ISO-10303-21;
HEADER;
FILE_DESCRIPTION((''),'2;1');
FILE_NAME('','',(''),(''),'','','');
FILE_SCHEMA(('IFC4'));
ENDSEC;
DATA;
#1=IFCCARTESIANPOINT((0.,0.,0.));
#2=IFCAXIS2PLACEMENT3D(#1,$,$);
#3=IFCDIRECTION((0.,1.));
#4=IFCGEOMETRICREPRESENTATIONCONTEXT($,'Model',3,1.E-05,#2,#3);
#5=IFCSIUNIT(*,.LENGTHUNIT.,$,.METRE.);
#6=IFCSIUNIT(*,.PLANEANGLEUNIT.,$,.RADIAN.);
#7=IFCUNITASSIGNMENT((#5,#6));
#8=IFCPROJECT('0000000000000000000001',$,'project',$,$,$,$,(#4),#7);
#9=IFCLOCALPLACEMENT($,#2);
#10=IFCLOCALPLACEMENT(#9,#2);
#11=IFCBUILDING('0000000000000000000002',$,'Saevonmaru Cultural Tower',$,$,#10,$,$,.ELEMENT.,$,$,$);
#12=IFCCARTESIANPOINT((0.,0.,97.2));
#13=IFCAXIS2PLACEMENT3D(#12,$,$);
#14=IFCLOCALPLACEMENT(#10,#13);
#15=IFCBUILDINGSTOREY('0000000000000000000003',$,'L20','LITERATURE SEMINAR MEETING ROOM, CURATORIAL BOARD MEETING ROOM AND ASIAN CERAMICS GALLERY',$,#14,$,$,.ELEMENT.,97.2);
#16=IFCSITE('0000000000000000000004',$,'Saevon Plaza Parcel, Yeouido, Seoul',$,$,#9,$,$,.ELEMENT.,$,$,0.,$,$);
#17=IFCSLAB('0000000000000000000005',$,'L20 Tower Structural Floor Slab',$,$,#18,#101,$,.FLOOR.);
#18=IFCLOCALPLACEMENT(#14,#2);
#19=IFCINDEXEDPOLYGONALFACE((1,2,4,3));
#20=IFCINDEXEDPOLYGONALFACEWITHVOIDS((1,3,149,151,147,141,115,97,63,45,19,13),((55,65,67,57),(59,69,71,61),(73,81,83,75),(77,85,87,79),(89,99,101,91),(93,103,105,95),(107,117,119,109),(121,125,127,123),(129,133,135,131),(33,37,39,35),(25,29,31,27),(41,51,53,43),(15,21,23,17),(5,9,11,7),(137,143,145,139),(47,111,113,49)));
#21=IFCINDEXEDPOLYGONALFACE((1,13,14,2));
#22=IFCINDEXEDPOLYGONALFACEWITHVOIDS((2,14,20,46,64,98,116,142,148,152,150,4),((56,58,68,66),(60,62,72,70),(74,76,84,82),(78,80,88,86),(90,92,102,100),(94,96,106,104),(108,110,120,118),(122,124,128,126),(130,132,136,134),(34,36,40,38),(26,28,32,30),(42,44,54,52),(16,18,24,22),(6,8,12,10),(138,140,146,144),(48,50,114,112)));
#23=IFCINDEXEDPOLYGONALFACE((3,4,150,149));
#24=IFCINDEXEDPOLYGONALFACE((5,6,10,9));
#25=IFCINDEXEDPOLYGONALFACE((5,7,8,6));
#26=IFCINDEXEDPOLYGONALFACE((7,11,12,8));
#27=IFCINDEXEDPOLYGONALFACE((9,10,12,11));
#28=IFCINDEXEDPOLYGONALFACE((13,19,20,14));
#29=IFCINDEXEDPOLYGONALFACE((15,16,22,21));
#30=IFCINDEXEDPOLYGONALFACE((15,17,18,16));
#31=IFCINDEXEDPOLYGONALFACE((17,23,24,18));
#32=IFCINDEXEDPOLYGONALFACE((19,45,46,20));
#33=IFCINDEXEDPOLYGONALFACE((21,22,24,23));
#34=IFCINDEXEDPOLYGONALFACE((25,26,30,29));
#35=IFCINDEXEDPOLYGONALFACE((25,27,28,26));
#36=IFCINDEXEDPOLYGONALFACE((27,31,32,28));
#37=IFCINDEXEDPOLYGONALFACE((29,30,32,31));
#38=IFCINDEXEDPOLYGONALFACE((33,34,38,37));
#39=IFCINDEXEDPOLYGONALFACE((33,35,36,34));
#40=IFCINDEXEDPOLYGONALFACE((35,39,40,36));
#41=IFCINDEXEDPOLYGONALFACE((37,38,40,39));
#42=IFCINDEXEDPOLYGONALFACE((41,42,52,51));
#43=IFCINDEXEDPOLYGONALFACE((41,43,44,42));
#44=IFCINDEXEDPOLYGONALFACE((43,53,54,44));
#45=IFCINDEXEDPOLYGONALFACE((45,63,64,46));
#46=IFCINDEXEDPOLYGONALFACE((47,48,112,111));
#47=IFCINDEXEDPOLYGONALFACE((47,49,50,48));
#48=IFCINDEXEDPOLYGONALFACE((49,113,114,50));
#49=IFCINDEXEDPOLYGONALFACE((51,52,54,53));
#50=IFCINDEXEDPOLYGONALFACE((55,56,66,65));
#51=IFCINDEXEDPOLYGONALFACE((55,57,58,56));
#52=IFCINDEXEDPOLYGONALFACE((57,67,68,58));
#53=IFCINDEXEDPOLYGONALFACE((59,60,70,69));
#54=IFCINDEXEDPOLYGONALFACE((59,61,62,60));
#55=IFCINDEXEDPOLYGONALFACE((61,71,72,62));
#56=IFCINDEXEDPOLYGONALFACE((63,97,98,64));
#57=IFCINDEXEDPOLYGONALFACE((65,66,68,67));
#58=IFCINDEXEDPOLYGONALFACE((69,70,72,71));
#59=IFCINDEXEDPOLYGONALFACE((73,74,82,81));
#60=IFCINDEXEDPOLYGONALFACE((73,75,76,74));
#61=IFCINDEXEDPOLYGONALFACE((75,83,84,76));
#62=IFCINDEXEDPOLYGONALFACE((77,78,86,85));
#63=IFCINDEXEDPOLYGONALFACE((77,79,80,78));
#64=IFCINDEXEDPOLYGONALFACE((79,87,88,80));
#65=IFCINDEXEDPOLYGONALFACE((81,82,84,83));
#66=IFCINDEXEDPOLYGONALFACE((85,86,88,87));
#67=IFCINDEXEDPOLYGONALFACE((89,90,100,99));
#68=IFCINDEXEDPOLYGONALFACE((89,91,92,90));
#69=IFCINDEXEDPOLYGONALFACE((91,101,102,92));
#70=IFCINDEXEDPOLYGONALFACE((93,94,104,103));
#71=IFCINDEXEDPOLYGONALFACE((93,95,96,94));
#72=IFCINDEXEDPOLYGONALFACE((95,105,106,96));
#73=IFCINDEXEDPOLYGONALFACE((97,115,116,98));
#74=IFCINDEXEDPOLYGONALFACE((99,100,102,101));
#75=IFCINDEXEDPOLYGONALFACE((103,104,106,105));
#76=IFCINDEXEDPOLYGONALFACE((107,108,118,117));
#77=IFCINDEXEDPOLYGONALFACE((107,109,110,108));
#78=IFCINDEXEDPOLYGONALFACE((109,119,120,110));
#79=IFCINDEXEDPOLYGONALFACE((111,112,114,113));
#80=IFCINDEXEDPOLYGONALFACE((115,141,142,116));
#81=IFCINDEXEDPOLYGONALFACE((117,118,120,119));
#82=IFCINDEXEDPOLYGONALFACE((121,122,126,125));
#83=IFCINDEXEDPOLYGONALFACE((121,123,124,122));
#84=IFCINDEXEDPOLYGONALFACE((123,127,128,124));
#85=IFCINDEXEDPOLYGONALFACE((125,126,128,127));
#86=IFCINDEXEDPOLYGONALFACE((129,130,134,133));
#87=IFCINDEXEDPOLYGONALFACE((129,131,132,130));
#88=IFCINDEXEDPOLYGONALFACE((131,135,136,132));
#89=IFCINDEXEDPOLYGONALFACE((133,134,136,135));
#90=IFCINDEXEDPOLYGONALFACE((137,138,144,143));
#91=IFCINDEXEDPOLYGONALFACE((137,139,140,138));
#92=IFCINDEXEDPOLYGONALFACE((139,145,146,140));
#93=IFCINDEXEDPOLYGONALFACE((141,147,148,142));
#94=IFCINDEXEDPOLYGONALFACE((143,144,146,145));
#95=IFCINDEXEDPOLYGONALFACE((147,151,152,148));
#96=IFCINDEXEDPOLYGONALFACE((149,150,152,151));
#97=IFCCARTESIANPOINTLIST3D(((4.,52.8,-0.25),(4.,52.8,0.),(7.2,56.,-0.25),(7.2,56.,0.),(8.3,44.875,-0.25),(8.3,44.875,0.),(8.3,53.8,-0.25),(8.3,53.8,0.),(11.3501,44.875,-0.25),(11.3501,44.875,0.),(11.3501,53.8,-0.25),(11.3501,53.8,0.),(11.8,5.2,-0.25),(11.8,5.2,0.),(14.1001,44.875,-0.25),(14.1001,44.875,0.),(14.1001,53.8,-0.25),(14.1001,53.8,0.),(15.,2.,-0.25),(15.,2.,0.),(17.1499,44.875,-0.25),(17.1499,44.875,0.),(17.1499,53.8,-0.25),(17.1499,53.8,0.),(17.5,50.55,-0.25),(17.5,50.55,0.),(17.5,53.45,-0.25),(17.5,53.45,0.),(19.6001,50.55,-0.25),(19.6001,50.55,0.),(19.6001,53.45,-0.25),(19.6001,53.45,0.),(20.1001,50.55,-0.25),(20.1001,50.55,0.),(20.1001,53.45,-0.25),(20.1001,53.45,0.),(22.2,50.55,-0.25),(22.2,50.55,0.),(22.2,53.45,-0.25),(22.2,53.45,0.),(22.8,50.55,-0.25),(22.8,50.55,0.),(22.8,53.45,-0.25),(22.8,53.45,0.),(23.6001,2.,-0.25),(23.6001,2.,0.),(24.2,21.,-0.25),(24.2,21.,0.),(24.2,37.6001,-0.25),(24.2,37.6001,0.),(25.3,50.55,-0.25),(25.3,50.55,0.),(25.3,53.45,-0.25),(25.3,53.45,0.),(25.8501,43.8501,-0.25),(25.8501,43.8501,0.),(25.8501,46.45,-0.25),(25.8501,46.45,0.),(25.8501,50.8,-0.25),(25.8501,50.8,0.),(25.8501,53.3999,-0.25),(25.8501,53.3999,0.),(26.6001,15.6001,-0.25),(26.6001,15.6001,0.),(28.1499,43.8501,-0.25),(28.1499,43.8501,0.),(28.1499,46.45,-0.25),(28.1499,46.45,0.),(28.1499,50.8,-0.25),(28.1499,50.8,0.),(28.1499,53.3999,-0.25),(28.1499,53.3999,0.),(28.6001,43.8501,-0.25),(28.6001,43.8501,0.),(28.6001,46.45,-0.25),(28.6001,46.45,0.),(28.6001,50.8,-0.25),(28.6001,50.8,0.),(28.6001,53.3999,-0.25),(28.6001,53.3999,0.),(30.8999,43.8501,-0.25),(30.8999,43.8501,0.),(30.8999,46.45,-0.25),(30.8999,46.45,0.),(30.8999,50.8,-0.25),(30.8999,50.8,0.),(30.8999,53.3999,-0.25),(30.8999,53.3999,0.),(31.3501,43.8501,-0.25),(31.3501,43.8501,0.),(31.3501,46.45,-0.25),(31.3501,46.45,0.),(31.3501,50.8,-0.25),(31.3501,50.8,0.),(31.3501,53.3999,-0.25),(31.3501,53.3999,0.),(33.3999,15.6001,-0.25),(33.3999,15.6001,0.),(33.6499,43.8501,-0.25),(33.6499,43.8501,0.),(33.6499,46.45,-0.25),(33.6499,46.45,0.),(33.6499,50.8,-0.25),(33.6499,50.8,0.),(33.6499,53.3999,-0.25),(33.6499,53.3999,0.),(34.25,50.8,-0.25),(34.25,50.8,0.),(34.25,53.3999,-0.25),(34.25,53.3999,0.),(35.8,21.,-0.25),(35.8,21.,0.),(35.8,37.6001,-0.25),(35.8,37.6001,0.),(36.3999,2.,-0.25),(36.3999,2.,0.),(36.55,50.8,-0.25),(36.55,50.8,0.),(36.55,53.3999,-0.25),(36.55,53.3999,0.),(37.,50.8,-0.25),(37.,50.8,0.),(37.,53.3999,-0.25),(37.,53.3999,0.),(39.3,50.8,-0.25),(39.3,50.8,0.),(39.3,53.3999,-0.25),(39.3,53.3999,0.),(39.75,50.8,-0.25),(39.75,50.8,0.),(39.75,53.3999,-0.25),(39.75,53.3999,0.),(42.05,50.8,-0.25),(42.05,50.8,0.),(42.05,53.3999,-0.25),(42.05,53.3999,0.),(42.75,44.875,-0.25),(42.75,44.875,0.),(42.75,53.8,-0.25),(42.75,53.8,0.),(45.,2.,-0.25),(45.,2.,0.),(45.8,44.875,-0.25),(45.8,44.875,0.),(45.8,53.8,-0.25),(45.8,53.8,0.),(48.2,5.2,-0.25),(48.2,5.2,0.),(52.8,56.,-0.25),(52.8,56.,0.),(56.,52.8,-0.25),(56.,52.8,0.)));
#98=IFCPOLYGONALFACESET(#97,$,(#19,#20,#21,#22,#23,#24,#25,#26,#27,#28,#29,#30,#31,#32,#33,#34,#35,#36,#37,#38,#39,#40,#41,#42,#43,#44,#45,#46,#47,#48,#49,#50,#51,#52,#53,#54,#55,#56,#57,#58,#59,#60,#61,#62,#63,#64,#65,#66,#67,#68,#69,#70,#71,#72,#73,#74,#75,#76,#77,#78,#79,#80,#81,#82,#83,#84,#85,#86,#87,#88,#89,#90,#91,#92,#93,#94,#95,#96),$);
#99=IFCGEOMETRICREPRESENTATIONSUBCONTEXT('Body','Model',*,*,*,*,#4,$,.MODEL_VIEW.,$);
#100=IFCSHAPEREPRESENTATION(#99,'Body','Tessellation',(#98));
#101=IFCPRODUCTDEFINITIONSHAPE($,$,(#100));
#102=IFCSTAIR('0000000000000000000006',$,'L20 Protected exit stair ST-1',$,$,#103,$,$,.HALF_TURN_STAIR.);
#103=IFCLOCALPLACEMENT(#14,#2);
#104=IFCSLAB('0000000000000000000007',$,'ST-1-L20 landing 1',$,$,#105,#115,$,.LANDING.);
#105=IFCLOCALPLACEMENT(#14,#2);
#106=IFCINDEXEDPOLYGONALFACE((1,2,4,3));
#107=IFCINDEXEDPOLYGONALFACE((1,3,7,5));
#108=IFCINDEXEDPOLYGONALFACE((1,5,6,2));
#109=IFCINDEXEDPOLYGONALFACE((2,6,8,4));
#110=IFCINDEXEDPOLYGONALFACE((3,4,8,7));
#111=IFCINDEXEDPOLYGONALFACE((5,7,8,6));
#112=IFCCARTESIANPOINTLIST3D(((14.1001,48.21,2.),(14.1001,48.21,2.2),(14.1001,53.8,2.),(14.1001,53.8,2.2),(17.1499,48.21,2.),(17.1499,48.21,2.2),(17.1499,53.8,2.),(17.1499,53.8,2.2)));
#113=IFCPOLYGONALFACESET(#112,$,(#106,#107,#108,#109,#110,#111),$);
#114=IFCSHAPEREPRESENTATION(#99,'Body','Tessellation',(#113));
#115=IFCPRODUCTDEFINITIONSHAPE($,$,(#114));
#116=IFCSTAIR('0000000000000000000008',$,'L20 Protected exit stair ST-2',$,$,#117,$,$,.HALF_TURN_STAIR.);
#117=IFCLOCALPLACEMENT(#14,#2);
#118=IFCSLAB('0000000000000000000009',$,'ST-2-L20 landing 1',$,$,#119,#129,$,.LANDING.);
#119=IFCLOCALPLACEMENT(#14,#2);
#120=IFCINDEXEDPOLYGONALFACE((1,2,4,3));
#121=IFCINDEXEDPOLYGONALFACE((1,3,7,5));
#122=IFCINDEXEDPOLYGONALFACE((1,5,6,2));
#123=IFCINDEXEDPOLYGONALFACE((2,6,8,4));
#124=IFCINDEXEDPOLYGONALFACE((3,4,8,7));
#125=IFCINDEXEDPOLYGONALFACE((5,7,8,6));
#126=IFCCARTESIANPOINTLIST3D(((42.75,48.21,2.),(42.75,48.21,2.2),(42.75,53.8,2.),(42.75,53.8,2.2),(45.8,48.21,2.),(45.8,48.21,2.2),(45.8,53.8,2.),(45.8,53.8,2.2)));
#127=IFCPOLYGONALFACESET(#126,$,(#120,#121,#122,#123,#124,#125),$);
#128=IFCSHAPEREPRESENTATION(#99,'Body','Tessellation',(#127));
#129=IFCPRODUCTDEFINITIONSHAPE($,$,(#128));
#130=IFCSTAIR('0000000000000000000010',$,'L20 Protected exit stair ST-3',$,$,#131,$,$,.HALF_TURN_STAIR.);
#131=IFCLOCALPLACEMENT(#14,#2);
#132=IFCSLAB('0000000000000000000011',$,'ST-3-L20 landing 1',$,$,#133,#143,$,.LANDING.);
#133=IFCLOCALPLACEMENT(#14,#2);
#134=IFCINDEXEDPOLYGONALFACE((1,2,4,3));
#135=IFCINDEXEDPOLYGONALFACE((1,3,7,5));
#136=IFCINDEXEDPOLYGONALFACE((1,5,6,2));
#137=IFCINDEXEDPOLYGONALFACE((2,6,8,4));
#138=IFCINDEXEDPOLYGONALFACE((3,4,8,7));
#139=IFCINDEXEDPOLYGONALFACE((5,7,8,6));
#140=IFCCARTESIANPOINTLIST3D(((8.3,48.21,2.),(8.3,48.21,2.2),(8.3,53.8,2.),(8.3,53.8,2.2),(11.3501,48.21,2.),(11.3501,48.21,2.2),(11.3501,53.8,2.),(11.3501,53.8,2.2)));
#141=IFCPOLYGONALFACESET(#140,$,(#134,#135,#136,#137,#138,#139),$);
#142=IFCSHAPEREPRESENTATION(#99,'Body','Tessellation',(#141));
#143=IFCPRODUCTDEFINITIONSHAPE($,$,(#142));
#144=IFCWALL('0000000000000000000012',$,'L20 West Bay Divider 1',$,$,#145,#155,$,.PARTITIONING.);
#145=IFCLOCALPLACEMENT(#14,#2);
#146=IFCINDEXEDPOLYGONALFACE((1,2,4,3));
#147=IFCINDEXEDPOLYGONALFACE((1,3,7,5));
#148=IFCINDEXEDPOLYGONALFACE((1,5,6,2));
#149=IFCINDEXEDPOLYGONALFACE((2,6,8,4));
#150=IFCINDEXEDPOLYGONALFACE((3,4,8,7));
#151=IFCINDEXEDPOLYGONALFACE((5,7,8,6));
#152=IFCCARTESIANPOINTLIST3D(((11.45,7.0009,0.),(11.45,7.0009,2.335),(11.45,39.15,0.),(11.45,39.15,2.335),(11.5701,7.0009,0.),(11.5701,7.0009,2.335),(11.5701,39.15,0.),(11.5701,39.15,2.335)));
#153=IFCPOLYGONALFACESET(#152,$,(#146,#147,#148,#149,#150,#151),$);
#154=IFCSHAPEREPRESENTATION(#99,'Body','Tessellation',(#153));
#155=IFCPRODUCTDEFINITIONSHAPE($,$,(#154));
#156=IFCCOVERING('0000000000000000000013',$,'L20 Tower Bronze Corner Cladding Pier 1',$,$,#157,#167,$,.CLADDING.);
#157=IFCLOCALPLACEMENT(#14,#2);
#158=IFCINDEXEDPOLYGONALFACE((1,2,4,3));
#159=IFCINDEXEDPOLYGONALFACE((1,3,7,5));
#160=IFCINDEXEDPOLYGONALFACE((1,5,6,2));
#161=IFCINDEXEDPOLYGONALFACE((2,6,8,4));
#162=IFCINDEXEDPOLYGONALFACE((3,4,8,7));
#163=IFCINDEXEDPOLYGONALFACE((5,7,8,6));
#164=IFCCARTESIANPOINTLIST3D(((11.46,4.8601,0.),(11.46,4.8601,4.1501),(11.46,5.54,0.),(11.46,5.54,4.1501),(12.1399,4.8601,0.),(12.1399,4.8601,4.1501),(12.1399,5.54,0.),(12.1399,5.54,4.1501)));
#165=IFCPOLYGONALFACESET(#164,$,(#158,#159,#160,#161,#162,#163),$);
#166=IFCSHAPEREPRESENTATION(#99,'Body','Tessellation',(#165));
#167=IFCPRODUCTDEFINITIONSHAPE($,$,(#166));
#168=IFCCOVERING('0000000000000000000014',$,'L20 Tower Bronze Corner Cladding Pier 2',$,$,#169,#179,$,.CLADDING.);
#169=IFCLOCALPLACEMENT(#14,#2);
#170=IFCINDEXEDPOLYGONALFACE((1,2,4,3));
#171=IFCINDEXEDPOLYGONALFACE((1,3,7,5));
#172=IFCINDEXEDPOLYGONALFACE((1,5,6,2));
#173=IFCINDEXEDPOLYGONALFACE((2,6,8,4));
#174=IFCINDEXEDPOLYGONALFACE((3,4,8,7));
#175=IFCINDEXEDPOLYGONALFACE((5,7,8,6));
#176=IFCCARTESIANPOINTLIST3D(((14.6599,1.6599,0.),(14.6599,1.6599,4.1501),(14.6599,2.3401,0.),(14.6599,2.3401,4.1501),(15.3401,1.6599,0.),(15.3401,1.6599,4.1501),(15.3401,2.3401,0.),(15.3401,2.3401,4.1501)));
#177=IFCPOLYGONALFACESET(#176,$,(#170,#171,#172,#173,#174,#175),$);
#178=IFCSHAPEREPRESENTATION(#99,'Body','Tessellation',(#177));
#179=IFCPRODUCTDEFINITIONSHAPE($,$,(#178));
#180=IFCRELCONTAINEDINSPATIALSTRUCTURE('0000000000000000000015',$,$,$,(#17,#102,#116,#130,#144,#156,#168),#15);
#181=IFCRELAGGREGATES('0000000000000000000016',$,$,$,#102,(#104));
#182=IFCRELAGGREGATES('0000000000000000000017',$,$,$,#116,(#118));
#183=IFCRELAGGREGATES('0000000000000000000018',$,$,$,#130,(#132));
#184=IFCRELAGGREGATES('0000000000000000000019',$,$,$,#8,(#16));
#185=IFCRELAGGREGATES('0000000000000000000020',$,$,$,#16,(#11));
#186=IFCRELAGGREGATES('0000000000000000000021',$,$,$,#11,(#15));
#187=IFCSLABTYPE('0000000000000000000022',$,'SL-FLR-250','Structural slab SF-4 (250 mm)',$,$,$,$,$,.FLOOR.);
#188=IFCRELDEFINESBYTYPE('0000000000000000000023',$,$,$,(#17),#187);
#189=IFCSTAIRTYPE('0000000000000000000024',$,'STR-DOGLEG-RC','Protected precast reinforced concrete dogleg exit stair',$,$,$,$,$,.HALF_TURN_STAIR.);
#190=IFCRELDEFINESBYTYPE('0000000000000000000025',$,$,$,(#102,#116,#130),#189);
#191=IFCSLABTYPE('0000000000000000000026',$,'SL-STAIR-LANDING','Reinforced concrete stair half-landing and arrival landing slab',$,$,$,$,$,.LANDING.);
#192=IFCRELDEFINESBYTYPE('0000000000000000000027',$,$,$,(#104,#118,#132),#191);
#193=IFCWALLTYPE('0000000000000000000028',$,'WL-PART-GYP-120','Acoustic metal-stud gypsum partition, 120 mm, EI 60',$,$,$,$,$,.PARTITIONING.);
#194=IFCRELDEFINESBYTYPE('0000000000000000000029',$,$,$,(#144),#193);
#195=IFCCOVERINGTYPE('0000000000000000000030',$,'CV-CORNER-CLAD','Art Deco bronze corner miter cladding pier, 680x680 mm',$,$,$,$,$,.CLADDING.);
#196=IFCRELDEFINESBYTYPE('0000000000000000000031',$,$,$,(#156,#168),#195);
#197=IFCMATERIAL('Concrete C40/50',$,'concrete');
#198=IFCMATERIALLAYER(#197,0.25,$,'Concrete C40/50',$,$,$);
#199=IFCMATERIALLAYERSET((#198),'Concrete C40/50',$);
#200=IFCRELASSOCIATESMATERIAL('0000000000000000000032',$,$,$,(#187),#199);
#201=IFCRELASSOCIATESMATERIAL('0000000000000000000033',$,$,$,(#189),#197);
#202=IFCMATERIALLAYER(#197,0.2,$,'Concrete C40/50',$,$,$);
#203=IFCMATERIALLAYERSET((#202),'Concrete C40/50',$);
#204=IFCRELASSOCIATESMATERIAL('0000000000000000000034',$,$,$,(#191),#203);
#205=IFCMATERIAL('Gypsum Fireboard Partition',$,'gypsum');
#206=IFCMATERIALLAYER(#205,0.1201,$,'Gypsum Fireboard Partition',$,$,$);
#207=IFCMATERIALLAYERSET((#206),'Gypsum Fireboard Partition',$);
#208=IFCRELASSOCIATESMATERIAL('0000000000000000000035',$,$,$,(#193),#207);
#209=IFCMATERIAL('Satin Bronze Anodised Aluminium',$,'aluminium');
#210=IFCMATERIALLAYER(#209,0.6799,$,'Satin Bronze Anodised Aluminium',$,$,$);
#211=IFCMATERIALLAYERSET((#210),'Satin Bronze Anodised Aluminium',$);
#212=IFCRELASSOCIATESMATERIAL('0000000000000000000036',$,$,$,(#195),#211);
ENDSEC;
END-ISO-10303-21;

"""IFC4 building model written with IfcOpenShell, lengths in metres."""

from ifc_helpers import new_model, si_unit, direction, frame, frame_2d, origin, place, context, subcontext, project, spatial, polyline, rectangle, outline, extrude, material, layer, layer_set, type_object, element, aggregate, save


model = new_model("IFC4")

# Units and contexts
model_context = context("Model", 3, precision=1e-05, world=origin(), true_north=direction((0.0, 1.0)))
body_context = subcontext(model_context, "Body", "Model", "MODEL_VIEW")
ifc_project = project(units=[si_unit("LENGTHUNIT", "METRE"), si_unit("PLANEANGLEUNIT", "RADIAN")], contexts=[model_context])

# Site, building, storey
site_placement = place(None, origin())
site = spatial("IfcSite", under=ifc_project, at=site_placement, Name="Saevon Plaza Parcel, Yeouido, Seoul", CompositionType="ELEMENT", RefElevation=0.0)
building_placement = place(site_placement, origin())
building = spatial("IfcBuilding", under=site, at=building_placement, Name="Saevonmaru Cultural Tower", CompositionType="ELEMENT")
storey_placement = place(building_placement, frame((0.0, 0.0, 97.2)))
storey = spatial("IfcBuildingStorey", under=building, at=storey_placement, Name="L20", Description="LITERATURE SEMINAR MEETING ROOM, CURATORIAL BOARD MEETING ROOM AND ASIAN CERAMICS GALLERY", CompositionType="ELEMENT", Elevation=97.2)

# Shared definitions
ifc_material_1 = material(Name="Satin Bronze Anodised Aluminium", Category="aluminium")

# Slab
ifc_material_2 = material(Name="Concrete C40/50", Category="concrete")
ifc_layer_1 = layer(ifc_material_2, 0.25, Name="Concrete C40/50")
ifc_layer_set_1 = layer_set([ifc_layer_1], Name="Concrete C40/50")
slab_type_1 = type_object("IfcSlabType", Name="SL-FLR-250", Description="Structural slab SF-4 (250 mm)", PredefinedType="FLOOR", material=ifc_layer_set_1)
slab_1_placement = place(storey_placement, frame((0.0, 0.0, -0.25)))
element("IfcSlab", 1, at=slab_1_placement, inside=storey, type_object=slab_type_1, Name="L20 Tower Structural Floor Slab", PredefinedType="FLOOR", context=body_context, shape_type="SweptSolid", body=[
    extrude(outline(polyline([(11.8, 5.2), (15.0, 2.0), (23.6001, 2.0), (26.6001, 15.6001), (33.3999, 15.6001), (36.3999, 2.0), (45.0, 2.0), (48.2, 5.2), (56.0, 52.8), (52.8, 56.0), (7.2, 56.0), (4.0, 52.8), (11.8, 5.2)]), holes=[polyline([(45.8, 44.875), (42.75, 44.875), (42.75, 53.8), (45.8, 53.8), (45.8, 44.875)]), polyline([(39.75, 50.8), (39.75, 53.3999), (42.05, 53.3999), (42.05, 50.8), (39.75, 50.8)]), polyline([(37.0, 50.8), (37.0, 53.3999), (39.3, 53.3999), (39.3, 50.8), (37.0, 50.8)]), polyline([(34.25, 50.8), (34.25, 53.3999), (36.55, 53.3999), (36.55, 50.8), (34.25, 50.8)]), polyline([(24.2, 21.0), (24.2, 37.6001), (35.8, 37.6001), (35.8, 21.0), (24.2, 21.0)]), polyline([(31.3501, 50.8), (31.3501, 53.3999), (33.6499, 53.3999), (33.6499, 50.8), (31.3501, 50.8)]), polyline([(31.3501, 43.8501), (31.3501, 46.45), (33.6499, 46.45), (33.6499, 43.8501), (31.3501, 43.8501)]), polyline([(28.6001, 43.8501), (28.6001, 46.45), (30.8999, 46.45), (30.8999, 43.8501), (28.6001, 43.8501)]), polyline([(28.6001, 50.8), (28.6001, 53.3999), (30.8999, 53.3999), (30.8999, 50.8), (28.6001, 50.8)]), polyline([(25.8501, 50.8), (25.8501, 53.3999), (28.1499, 53.3999), (28.1499, 50.8), (25.8501, 50.8)]), polyline([(25.8501, 43.8501), (25.8501, 46.45), (28.1499, 46.45), (28.1499, 43.8501), (25.8501, 43.8501)]), polyline([(22.8, 50.55), (22.8, 53.45), (25.3, 53.45), (25.3, 50.55), (22.8, 50.55)]), polyline([(20.1001, 50.55), (20.1001, 53.45), (22.2, 53.45), (22.2, 50.55), (20.1001, 50.55)]), polyline([(17.5, 50.55), (17.5, 53.45), (19.6001, 53.45), (19.6001, 50.55), (17.5, 50.55)]), polyline([(17.1499, 44.875), (14.1001, 44.875), (14.1001, 53.8), (17.1499, 53.8), (17.1499, 44.875)]), polyline([(11.3501, 44.875), (8.3, 44.875), (8.3, 53.8), (11.3501, 53.8), (11.3501, 44.875)])]), origin(), (0.0, 0.0, 1.0), 0.25),
])

# Stairs, slabs
stair_type = type_object("IfcStairType", Name="STR-DOGLEG-RC", Description="Protected precast reinforced concrete dogleg exit stair", PredefinedType="HALF_TURN_STAIR", material=ifc_material_2)
stair_1_placement = place(storey_placement, origin())
stair_1 = element("IfcStair", 2, at=stair_1_placement, inside=storey, type_object=stair_type, Name="L20 Protected exit stair ST-1", PredefinedType="HALF_TURN_STAIR")
ifc_layer_2 = layer(ifc_material_2, 0.2, Name="Concrete C40/50")
ifc_layer_set_2 = layer_set([ifc_layer_2], Name="Concrete C40/50")
slab_type_2 = type_object("IfcSlabType", Name="SL-STAIR-LANDING", Description="Reinforced concrete stair half-landing and arrival landing slab", PredefinedType="LANDING", material=ifc_layer_set_2)
slab_2_placement = place(storey_placement, frame((0.0, 0.0, 2.0)))
slab_2 = element("IfcSlab", 3, at=slab_2_placement, type_object=slab_type_2, Name="ST-1-L20 landing 1", PredefinedType="LANDING", context=body_context, shape_type="SweptSolid", body=[
    extrude(outline(polyline([(17.1499, 48.21), (17.1499, 53.8), (14.1001, 53.8), (14.1001, 48.21), (17.1499, 48.21)])), origin(), (0.0, 0.0, 1.0), 0.2),
])
aggregate(stair_1, [slab_2])
stair_2_placement = place(storey_placement, origin())
stair_2 = element("IfcStair", 4, at=stair_2_placement, inside=storey, type_object=stair_type, Name="L20 Protected exit stair ST-2", PredefinedType="HALF_TURN_STAIR")
slab_3_placement = place(storey_placement, frame((0.0, 0.0, 2.0)))
slab_3 = element("IfcSlab", 5, at=slab_3_placement, type_object=slab_type_2, Name="ST-2-L20 landing 1", PredefinedType="LANDING", context=body_context, shape_type="SweptSolid", body=[
    extrude(outline(polyline([(45.8, 48.21), (45.8, 53.8), (42.75, 53.8), (42.75, 48.21), (45.8, 48.21)])), origin(), (0.0, 0.0, 1.0), 0.2),
])
aggregate(stair_2, [slab_3])
stair_3_placement = place(storey_placement, origin())
stair_3 = element("IfcStair", 6, at=stair_3_placement, inside=storey, type_object=stair_type, Name="L20 Protected exit stair ST-3", PredefinedType="HALF_TURN_STAIR")
slab_4_placement = place(storey_placement, frame((0.0, 0.0, 2.0)))
slab_4 = element("IfcSlab", 7, at=slab_4_placement, type_object=slab_type_2, Name="ST-3-L20 landing 1", PredefinedType="LANDING", context=body_context, shape_type="SweptSolid", body=[
    extrude(outline(polyline([(11.3501, 48.21), (11.3501, 53.8), (8.3, 53.8), (8.3, 48.21), (11.3501, 48.21)])), origin(), (0.0, 0.0, 1.0), 0.2),
])
aggregate(stair_3, [slab_4])

# Wall
ifc_material_3 = material(Name="Gypsum Fireboard Partition", Category="gypsum")
ifc_layer_3 = layer(ifc_material_3, 0.1201, Name="Gypsum Fireboard Partition")
ifc_layer_set_3 = layer_set([ifc_layer_3], Name="Gypsum Fireboard Partition")
wall_type = type_object("IfcWallType", Name="WL-PART-GYP-120", Description="Acoustic metal-stud gypsum partition, 120 mm, EI 60", PredefinedType="PARTITIONING", material=ifc_layer_set_3)
wall_placement = place(storey_placement, frame((11.51, 7.0007, 0.0), z_axis=(0.0, 0.0, 1.0), x_axis=(0.0, 1.0, 0.0)))
element("IfcWall", 8, at=wall_placement, inside=storey, type_object=wall_type, Name="L20 West Bay Divider 1", PredefinedType="PARTITIONING", context=body_context, shape_type="SweptSolid", body=[
    extrude(rectangle(XDim=32.1492, YDim=0.1201, at=frame_2d((16.0747, 0.0))), origin(), (0.0, 0.0, 1.0), 2.335),
])

# Coverings
ifc_layer_4 = layer(ifc_material_1, 0.6799, Name="Satin Bronze Anodised Aluminium")
ifc_layer_set_4 = layer_set([ifc_layer_4], Name="Satin Bronze Anodised Aluminium")
covering_type = type_object("IfcCoveringType", Name="CV-CORNER-CLAD", Description="Art Deco bronze corner miter cladding pier, 680x680 mm", PredefinedType="CLADDING", material=ifc_layer_set_4)
covering_1_placement = place(storey_placement, origin())
element("IfcCovering", 9, at=covering_1_placement, inside=storey, type_object=covering_type, Name="L20 Tower Bronze Corner Cladding Pier 1", PredefinedType="CLADDING", context=body_context, shape_type="SweptSolid", body=[
    extrude(outline(polyline([(11.46, 4.8601), (12.1399, 4.8601), (12.1399, 5.54), (11.46, 5.54), (11.46, 4.8601)])), origin(), (0.0, 0.0, 1.0), 4.1501),
])
covering_2_placement = place(storey_placement, origin())
element("IfcCovering", 10, at=covering_2_placement, inside=storey, type_object=covering_type, Name="L20 Tower Bronze Corner Cladding Pier 2", PredefinedType="CLADDING", context=body_context, shape_type="SweptSolid", body=[
    extrude(outline(polyline([(14.6599, 1.6599), (15.3401, 1.6599), (15.3401, 2.3401), (14.6599, 2.3401), (14.6599, 1.6599)])), origin(), (0.0, 0.0, 1.0), 4.1501),
])

save(model, "model.ifc")
